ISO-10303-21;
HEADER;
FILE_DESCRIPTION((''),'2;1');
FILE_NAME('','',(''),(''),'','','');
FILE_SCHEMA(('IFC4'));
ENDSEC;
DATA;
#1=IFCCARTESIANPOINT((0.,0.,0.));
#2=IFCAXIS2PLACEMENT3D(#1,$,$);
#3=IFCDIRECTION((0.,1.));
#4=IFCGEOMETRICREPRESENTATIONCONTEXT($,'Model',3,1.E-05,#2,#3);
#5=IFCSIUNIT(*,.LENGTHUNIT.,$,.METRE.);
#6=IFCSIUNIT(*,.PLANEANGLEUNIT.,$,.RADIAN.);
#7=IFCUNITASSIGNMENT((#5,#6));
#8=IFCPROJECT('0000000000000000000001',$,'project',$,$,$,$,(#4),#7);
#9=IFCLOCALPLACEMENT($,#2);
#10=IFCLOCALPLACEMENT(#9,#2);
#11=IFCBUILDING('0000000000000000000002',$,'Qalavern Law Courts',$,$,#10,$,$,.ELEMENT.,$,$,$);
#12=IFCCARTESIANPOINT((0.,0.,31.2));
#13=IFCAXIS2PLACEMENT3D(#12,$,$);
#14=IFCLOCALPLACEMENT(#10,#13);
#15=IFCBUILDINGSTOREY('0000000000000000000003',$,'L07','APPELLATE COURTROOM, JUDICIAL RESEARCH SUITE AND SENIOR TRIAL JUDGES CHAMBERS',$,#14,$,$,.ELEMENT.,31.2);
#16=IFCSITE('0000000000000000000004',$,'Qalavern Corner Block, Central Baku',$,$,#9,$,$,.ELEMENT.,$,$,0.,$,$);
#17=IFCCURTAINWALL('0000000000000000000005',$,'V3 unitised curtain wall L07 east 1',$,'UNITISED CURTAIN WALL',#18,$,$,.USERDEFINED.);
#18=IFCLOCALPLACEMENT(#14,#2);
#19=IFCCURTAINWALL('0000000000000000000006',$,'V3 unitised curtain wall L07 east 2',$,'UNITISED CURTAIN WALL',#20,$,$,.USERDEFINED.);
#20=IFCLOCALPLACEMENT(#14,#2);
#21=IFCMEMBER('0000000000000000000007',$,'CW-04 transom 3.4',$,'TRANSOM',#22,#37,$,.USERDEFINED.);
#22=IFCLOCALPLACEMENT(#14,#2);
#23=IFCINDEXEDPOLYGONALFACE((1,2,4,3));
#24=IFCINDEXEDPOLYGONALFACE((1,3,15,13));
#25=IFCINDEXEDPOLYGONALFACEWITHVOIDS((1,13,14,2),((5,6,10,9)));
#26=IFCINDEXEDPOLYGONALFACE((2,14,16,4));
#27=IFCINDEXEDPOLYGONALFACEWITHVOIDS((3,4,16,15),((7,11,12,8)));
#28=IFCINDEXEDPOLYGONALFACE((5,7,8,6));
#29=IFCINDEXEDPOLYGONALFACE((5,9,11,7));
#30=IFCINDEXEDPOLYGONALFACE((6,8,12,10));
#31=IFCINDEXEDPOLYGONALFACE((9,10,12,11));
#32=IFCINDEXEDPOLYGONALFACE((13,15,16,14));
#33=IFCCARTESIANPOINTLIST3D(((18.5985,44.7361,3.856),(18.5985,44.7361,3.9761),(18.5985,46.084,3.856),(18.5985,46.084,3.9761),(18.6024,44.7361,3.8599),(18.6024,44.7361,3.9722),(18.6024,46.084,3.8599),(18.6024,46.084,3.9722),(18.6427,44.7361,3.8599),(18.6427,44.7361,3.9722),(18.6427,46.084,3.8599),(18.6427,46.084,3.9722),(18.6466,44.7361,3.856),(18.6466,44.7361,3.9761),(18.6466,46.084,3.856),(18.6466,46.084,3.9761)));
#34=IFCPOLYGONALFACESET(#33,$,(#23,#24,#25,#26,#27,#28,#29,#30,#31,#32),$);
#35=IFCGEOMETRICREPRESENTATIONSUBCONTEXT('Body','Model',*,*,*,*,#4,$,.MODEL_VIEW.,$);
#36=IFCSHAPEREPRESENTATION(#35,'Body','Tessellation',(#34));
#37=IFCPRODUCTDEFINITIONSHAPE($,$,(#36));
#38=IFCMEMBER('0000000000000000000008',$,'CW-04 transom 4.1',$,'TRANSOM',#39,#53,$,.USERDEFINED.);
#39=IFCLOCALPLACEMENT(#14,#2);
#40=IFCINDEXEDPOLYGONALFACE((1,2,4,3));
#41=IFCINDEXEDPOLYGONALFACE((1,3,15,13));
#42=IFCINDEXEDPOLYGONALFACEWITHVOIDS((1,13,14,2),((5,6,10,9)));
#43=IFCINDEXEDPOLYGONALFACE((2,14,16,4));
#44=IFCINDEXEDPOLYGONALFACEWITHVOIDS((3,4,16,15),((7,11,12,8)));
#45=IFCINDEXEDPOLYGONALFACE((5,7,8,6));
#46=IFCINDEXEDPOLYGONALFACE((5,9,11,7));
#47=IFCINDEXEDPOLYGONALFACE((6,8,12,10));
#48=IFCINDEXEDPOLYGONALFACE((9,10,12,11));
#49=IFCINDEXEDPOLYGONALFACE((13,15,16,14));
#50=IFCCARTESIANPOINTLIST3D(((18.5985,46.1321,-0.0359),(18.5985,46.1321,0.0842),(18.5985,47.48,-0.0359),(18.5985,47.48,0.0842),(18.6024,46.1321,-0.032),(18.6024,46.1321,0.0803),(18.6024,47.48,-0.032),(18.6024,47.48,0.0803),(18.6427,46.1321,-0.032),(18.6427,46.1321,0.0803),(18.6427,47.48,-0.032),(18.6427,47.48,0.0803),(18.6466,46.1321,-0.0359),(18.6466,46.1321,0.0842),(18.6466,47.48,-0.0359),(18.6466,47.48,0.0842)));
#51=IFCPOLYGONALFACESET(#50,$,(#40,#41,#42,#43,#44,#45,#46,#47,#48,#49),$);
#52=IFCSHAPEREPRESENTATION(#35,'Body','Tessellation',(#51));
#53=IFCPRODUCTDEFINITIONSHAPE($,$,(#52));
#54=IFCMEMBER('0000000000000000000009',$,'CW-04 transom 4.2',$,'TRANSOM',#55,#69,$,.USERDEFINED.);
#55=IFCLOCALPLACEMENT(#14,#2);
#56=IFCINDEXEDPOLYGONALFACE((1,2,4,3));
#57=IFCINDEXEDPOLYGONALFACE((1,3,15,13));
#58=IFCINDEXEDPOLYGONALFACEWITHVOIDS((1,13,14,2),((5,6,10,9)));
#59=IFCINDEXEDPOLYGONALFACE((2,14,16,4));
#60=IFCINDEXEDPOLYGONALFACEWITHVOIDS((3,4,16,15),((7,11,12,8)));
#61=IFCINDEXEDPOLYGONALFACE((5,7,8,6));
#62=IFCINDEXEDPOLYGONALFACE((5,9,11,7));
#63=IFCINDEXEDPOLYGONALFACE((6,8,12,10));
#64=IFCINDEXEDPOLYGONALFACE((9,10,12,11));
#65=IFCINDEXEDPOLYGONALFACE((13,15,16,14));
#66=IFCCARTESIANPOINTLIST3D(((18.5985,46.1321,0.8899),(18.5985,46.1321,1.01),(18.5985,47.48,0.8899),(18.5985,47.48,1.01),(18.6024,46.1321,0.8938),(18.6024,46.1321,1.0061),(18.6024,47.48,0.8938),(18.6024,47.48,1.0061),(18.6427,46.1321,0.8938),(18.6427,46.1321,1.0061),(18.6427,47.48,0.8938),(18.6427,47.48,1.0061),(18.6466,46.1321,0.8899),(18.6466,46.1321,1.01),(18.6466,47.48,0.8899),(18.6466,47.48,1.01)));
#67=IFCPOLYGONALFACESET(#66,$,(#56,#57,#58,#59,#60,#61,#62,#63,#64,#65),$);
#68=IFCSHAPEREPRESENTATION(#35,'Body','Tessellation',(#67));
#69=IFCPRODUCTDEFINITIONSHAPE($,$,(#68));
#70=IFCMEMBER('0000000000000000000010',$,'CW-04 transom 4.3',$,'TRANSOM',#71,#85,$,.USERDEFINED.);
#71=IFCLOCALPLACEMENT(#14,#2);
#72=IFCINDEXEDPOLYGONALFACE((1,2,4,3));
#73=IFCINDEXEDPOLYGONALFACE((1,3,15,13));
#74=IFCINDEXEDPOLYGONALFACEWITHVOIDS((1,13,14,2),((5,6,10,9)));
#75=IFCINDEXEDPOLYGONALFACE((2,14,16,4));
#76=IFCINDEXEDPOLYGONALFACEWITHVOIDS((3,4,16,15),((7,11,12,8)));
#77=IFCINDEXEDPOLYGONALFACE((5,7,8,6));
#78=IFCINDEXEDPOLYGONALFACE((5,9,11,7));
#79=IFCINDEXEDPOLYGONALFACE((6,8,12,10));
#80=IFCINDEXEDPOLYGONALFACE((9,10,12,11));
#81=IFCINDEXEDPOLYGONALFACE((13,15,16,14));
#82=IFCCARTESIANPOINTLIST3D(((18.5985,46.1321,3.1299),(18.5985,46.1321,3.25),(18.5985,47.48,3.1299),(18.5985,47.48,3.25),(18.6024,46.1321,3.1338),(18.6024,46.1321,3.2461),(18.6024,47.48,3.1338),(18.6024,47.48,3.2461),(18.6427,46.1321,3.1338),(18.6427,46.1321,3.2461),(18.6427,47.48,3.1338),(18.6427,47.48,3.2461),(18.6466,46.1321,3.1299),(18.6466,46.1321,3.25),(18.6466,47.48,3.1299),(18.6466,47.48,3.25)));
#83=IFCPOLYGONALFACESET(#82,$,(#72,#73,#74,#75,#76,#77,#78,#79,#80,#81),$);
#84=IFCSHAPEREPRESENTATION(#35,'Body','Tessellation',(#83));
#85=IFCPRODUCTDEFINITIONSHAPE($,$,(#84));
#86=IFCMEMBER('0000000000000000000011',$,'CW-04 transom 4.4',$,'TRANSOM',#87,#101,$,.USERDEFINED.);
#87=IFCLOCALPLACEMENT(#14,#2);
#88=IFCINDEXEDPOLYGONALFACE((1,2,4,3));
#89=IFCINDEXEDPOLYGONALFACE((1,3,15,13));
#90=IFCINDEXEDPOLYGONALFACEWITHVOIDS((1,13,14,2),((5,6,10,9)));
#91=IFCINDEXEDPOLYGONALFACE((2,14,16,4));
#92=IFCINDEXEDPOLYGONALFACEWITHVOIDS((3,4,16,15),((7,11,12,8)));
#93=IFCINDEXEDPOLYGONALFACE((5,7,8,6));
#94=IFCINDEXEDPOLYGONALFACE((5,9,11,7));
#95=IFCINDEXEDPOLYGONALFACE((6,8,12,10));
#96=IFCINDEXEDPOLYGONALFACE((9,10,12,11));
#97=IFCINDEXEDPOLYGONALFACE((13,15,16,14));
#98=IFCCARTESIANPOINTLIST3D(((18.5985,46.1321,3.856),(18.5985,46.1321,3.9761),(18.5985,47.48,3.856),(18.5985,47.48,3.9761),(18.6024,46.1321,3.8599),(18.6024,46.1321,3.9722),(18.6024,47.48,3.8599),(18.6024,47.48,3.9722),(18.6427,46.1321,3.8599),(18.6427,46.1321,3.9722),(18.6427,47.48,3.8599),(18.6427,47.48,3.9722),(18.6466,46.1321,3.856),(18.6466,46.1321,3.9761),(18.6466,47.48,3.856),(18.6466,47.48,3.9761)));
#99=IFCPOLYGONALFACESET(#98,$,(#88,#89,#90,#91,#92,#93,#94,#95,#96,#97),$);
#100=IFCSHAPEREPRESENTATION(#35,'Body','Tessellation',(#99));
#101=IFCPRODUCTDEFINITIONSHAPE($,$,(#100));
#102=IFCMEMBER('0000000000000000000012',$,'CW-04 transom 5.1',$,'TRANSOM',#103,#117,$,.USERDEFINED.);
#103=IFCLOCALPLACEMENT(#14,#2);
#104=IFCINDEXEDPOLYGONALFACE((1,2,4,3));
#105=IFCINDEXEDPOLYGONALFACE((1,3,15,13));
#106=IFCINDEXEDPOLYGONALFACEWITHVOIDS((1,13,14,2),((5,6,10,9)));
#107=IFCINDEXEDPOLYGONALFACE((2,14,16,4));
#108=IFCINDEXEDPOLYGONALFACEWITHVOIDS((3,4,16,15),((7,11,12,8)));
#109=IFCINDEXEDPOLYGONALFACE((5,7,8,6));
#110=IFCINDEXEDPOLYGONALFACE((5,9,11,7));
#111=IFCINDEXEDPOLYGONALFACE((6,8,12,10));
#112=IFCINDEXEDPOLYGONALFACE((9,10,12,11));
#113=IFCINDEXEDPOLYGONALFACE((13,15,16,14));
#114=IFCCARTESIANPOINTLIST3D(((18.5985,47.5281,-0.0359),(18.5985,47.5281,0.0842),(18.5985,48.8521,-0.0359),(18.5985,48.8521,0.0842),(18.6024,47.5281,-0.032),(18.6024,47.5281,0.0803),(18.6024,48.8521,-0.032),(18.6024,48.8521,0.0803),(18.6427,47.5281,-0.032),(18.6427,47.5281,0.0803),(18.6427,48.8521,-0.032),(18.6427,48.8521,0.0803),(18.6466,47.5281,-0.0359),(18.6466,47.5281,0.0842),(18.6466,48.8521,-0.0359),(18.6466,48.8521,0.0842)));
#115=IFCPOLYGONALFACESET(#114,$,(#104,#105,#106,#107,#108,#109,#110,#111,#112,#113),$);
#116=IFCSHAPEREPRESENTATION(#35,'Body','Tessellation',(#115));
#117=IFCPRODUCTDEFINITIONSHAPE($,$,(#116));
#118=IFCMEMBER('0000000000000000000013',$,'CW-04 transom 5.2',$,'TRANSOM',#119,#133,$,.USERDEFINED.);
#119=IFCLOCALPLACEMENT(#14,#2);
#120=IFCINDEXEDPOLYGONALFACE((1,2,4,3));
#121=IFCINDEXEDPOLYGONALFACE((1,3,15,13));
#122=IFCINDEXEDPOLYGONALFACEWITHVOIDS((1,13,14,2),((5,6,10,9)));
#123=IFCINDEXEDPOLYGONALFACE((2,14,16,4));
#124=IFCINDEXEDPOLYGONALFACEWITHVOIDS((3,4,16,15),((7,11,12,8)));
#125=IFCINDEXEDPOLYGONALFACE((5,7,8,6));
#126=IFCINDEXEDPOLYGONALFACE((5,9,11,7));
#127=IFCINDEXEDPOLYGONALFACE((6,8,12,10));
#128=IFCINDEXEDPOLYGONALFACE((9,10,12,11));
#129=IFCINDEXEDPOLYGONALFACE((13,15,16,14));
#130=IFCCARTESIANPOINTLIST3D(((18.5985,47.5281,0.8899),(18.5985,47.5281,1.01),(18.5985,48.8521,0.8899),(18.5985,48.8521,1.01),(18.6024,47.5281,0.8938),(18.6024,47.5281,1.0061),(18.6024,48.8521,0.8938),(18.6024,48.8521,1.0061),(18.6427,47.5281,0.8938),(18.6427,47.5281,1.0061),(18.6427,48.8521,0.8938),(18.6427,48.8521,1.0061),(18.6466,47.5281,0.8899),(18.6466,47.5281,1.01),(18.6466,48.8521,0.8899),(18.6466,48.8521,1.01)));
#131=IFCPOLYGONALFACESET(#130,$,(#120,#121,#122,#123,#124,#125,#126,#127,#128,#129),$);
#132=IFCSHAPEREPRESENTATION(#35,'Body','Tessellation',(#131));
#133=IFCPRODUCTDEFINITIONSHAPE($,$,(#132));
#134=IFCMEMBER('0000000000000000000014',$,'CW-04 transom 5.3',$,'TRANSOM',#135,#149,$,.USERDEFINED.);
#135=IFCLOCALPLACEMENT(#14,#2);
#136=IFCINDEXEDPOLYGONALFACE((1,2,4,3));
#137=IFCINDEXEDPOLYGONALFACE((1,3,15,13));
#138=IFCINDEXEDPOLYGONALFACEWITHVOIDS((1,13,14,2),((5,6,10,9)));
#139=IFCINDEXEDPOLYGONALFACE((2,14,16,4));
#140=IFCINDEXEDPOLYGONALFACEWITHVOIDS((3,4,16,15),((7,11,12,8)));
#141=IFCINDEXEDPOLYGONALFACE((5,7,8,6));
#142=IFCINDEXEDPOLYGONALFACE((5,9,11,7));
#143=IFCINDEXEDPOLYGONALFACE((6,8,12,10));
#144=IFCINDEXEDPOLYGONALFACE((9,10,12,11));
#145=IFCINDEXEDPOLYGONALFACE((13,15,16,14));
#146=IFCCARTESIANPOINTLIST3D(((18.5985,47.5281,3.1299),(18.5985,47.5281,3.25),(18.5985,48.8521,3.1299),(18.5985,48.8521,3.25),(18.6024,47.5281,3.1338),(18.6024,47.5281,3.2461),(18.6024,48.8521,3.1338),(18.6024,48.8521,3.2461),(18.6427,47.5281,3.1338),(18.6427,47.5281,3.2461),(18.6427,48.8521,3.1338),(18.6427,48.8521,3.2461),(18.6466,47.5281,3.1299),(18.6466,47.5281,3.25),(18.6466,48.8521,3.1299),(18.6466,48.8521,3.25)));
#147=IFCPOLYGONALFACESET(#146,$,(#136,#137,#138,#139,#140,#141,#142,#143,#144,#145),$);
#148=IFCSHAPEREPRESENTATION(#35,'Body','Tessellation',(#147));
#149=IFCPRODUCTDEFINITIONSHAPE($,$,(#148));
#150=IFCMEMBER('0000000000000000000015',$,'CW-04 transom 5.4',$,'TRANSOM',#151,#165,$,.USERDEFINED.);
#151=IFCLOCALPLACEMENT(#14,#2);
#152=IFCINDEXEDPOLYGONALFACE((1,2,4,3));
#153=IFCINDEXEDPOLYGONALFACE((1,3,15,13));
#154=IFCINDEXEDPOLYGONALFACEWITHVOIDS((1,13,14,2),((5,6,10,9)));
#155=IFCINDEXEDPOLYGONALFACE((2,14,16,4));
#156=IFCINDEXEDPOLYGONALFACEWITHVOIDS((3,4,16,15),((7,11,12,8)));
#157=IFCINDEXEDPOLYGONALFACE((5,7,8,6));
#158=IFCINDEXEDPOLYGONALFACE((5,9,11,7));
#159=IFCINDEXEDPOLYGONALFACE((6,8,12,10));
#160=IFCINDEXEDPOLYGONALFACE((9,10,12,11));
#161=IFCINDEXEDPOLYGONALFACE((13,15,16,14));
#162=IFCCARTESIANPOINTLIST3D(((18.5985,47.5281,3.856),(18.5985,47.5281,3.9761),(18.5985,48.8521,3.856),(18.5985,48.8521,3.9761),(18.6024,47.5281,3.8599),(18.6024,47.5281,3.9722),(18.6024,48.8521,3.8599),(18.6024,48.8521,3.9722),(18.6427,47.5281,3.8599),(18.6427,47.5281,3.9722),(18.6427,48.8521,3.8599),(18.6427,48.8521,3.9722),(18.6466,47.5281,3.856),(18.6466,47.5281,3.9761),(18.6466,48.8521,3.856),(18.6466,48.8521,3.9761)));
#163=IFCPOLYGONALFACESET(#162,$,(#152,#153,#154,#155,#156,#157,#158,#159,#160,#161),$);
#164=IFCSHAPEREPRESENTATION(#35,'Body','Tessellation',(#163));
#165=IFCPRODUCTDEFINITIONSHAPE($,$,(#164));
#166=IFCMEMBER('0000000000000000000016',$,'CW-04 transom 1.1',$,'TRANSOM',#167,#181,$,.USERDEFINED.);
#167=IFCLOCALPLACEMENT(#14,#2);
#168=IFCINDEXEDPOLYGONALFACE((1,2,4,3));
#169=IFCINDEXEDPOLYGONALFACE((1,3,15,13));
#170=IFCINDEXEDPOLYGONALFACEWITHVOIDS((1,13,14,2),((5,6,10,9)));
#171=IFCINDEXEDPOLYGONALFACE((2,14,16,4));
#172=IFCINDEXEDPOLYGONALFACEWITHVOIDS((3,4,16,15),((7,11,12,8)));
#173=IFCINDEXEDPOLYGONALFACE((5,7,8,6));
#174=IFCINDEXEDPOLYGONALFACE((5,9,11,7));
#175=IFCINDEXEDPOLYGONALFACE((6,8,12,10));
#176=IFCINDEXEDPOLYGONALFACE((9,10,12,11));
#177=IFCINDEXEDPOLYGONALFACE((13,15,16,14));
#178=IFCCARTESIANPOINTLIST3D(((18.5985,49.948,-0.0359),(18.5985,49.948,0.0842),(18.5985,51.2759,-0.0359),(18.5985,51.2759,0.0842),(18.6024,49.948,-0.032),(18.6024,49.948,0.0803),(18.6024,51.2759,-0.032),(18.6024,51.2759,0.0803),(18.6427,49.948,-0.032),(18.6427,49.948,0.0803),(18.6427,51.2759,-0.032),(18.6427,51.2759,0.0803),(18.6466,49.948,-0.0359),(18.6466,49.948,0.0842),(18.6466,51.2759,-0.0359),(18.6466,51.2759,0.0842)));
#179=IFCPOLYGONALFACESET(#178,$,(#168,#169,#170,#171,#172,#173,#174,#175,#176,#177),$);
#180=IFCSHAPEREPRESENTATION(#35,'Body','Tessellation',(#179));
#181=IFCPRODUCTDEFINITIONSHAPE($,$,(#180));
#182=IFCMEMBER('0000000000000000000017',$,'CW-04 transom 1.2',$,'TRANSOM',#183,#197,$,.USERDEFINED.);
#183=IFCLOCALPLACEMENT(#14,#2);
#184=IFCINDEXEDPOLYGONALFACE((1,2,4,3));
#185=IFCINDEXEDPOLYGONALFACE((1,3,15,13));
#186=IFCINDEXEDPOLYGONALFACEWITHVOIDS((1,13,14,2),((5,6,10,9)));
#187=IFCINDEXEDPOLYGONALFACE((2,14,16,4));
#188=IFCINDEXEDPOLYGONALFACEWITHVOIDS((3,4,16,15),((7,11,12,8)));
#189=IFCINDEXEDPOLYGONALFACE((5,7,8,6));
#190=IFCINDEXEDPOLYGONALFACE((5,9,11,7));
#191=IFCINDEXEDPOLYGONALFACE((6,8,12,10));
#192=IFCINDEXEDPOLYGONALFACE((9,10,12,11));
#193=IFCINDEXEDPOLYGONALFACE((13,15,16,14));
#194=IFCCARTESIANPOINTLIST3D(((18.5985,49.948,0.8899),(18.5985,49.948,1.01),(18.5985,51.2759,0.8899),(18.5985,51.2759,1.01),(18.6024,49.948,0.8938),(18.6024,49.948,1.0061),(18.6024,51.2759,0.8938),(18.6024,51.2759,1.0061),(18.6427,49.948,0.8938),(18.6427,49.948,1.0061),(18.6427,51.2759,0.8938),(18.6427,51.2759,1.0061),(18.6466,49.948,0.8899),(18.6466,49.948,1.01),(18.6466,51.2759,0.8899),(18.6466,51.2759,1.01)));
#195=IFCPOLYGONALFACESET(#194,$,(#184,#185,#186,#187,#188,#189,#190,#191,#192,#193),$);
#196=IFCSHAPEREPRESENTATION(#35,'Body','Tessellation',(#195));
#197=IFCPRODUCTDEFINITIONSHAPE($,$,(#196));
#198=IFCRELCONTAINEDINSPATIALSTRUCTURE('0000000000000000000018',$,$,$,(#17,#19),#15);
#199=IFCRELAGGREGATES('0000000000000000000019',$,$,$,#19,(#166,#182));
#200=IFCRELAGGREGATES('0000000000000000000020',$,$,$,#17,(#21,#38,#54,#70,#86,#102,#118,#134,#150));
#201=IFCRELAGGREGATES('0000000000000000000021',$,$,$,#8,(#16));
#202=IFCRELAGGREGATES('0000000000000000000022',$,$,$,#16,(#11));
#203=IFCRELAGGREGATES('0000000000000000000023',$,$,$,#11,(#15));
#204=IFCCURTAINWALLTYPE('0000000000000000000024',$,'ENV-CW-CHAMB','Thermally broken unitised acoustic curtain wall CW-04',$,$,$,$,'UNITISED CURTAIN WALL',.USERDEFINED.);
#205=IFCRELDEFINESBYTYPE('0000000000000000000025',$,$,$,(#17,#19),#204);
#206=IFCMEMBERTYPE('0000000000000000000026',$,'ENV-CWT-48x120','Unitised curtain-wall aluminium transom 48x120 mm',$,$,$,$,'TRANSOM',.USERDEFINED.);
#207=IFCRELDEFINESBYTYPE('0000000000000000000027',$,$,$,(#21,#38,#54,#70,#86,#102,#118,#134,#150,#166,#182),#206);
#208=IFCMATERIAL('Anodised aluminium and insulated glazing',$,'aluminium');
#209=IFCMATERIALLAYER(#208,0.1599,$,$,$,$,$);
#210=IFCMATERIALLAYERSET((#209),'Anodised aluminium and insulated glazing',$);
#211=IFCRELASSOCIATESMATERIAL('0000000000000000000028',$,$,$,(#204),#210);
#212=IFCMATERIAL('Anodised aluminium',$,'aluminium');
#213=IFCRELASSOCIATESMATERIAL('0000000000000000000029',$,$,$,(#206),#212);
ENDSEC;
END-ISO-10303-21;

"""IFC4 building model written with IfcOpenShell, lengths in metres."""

from ifc_helpers import new_model, si_unit, direction, frame, origin, origin_2d, place, context, subcontext, project, spatial, hollow_rectangle, extrude, material, layer, layer_set, material_profile, profile_set, type_object, element, aggregate, save


model = new_model("IFC4")

# Units and contexts
model_context = context("Model", 3, precision=1e-05, world=origin(), true_north=direction((0.0, 1.0)))
body_context = subcontext(model_context, "Body", "Model", "MODEL_VIEW")
ifc_project = project(units=[si_unit("LENGTHUNIT", "METRE"), si_unit("PLANEANGLEUNIT", "RADIAN")], contexts=[model_context])

# Site, building, storey
site_placement = place(None, origin())
site = spatial("IfcSite", under=ifc_project, at=site_placement, Name="Qalavern Corner Block, Central Baku", CompositionType="ELEMENT", RefElevation=0.0)
building_placement = place(site_placement, origin())
building = spatial("IfcBuilding", under=site, at=building_placement, Name="Qalavern Law Courts", CompositionType="ELEMENT")
storey_placement = place(building_placement, frame((0.0, 0.0, 31.2)))
storey = spatial("IfcBuildingStorey", under=building, at=storey_placement, Name="L07", Description="APPELLATE COURTROOM, JUDICIAL RESEARCH SUITE AND SENIOR TRIAL JUDGES CHAMBERS", CompositionType="ELEMENT", Elevation=31.2)

# Curtain wall
ifc_material_1 = material(Name="Anodised aluminium and insulated glazing", Category="aluminium")
ifc_layer_1 = layer(ifc_material_1, 0.1599)
ifc_layer_set_1 = layer_set([ifc_layer_1], Name="Anodised aluminium and insulated glazing")
curtain_wall_type = type_object("IfcCurtainWallType", Name="ENV-CW-CHAMB", Description="Thermally broken unitised acoustic curtain wall CW-04", ElementType="UNITISED CURTAIN WALL", PredefinedType="USERDEFINED", material=ifc_layer_set_1)
curtain_wall_1_placement = place(storey_placement, origin())
curtain_wall_1 = element("IfcCurtainWall", 1, at=curtain_wall_1_placement, inside=storey, type_object=curtain_wall_type, Name="V3 unitised curtain wall L07 east 1", ObjectType="UNITISED CURTAIN WALL", PredefinedType="USERDEFINED")
ifc_material_2 = material(Name="Anodised aluminium", Category="aluminium")

# Curtain wall
curtain_wall_2_placement = place(storey_placement, origin())
curtain_wall_2 = element("IfcCurtainWall", 2, at=curtain_wall_2_placement, inside=storey, type_object=curtain_wall_type, Name="V3 unitised curtain wall L07 east 2", ObjectType="UNITISED CURTAIN WALL", PredefinedType="USERDEFINED")

# Members
ifc_material_profile_1 = material_profile(ifc_material_2, hollow_rectangle(XDim=0.0481, YDim=0.1201, WallThickness=0.0039, at=origin_2d()), Name="ALU TRANSOM 48x120")
ifc_profile_set_1 = profile_set([ifc_material_profile_1], Name="Anodised aluminium")
member_type_1 = type_object("IfcMemberType", Name="ENV-CWT-48x120", Description="Unitised curtain-wall aluminium transom 48x120 mm", ElementType="TRANSOM", PredefinedType="USERDEFINED", material=ifc_profile_set_1)
member_1_placement = place(storey_placement, frame((18.6226, 44.7361, 3.916), z_axis=(0.0, 1.0, 0.0), x_axis=(-1.0, 0.0, 0.0)))
member_1 = element("IfcMember", 3, at=member_1_placement, type_object=member_type_1, Name="CW-04 transom 3.4", ObjectType="TRANSOM", PredefinedType="USERDEFINED", context=body_context, shape_type="SweptSolid", body=[
    extrude(hollow_rectangle(XDim=0.0481, YDim=0.1201, WallThickness=0.0039, at=origin_2d()), origin(), (0.0, 0.0, 1.0), 1.3479),
])
member_2_placement = place(storey_placement, frame((18.6226, 46.1321, 0.0242), z_axis=(0.0, 1.0, 0.0), x_axis=(-1.0, 0.0, 0.0)))
member_2 = element("IfcMember", 4, at=member_2_placement, type_object=member_type_1, Name="CW-04 transom 4.1", ObjectType="TRANSOM", PredefinedType="USERDEFINED", context=body_context, shape_type="SweptSolid", body=[
    extrude(hollow_rectangle(XDim=0.0481, YDim=0.1201, WallThickness=0.0039, at=origin_2d()), origin(), (0.0, 0.0, 1.0), 1.3479),
])
member_3_placement = place(storey_placement, frame((18.6226, 46.1321, 0.95), z_axis=(0.0, 1.0, 0.0), x_axis=(-1.0, 0.0, 0.0)))
member_3 = element("IfcMember", 5, at=member_3_placement, type_object=member_type_1, Name="CW-04 transom 4.2", ObjectType="TRANSOM", PredefinedType="USERDEFINED", context=body_context, shape_type="SweptSolid", body=[
    extrude(hollow_rectangle(XDim=0.0481, YDim=0.1201, WallThickness=0.0039, at=origin_2d()), origin(), (0.0, 0.0, 1.0), 1.3479),
])
member_4_placement = place(storey_placement, frame((18.6226, 46.1321, 3.1899), z_axis=(0.0, 1.0, 0.0), x_axis=(-1.0, 0.0, 0.0)))
member_4 = element("IfcMember", 6, at=member_4_placement, type_object=member_type_1, Name="CW-04 transom 4.3", ObjectType="TRANSOM", PredefinedType="USERDEFINED", context=body_context, shape_type="SweptSolid", body=[
    extrude(hollow_rectangle(XDim=0.0481, YDim=0.1201, WallThickness=0.0039, at=origin_2d()), origin(), (0.0, 0.0, 1.0), 1.3479),
])
member_5_placement = place(storey_placement, frame((18.6226, 46.1321, 3.916), z_axis=(0.0, 1.0, 0.0), x_axis=(-1.0, 0.0, 0.0)))
member_5 = element("IfcMember", 7, at=member_5_placement, type_object=member_type_1, Name="CW-04 transom 4.4", ObjectType="TRANSOM", PredefinedType="USERDEFINED", context=body_context, shape_type="SweptSolid", body=[
    extrude(hollow_rectangle(XDim=0.0481, YDim=0.1201, WallThickness=0.0039, at=origin_2d()), origin(), (0.0, 0.0, 1.0), 1.3479),
])
member_6_placement = place(storey_placement, frame((18.6226, 47.5281, 0.0242), z_axis=(0.0, 1.0, 0.0), x_axis=(-1.0, 0.0, 0.0)))
member_6 = element("IfcMember", 8, at=member_6_placement, type_object=member_type_1, Name="CW-04 transom 5.1", ObjectType="TRANSOM", PredefinedType="USERDEFINED", context=body_context, shape_type="SweptSolid", body=[
    extrude(hollow_rectangle(XDim=0.0481, YDim=0.1201, WallThickness=0.0039, at=origin_2d()), origin(), (0.0, 0.0, 1.0), 1.324),
])
member_7_placement = place(storey_placement, frame((18.6226, 47.5281, 0.95), z_axis=(0.0, 1.0, 0.0), x_axis=(-1.0, 0.0, 0.0)))
member_7 = element("IfcMember", 9, at=member_7_placement, type_object=member_type_1, Name="CW-04 transom 5.2", ObjectType="TRANSOM", PredefinedType="USERDEFINED", context=body_context, shape_type="SweptSolid", body=[
    extrude(hollow_rectangle(XDim=0.0481, YDim=0.1201, WallThickness=0.0039, at=origin_2d()), origin(), (0.0, 0.0, 1.0), 1.324),
])
member_8_placement = place(storey_placement, frame((18.6226, 47.5281, 3.1899), z_axis=(0.0, 1.0, 0.0), x_axis=(-1.0, 0.0, 0.0)))
member_8 = element("IfcMember", 10, at=member_8_placement, type_object=member_type_1, Name="CW-04 transom 5.3", ObjectType="TRANSOM", PredefinedType="USERDEFINED", context=body_context, shape_type="SweptSolid", body=[
    extrude(hollow_rectangle(XDim=0.0481, YDim=0.1201, WallThickness=0.0039, at=origin_2d()), origin(), (0.0, 0.0, 1.0), 1.324),
])
member_9_placement = place(storey_placement, frame((18.6226, 47.5281, 3.916), z_axis=(0.0, 1.0, 0.0), x_axis=(-1.0, 0.0, 0.0)))
member_9 = element("IfcMember", 11, at=member_9_placement, type_object=member_type_1, Name="CW-04 transom 5.4", ObjectType="TRANSOM", PredefinedType="USERDEFINED", context=body_context, shape_type="SweptSolid", body=[
    extrude(hollow_rectangle(XDim=0.0481, YDim=0.1201, WallThickness=0.0039, at=origin_2d()), origin(), (0.0, 0.0, 1.0), 1.324),
])
member_10_placement = place(storey_placement, frame((18.6226, 49.948, 0.0242), z_axis=(0.0, 1.0, 0.0), x_axis=(-1.0, 0.0, 0.0)))
member_10 = element("IfcMember", 12, at=member_10_placement, type_object=member_type_1, Name="CW-04 transom 1.1", ObjectType="TRANSOM", PredefinedType="USERDEFINED", context=body_context, shape_type="SweptSolid", body=[
    extrude(hollow_rectangle(XDim=0.0481, YDim=0.1201, WallThickness=0.0039, at=origin_2d()), origin(), (0.0, 0.0, 1.0), 1.3279),
])
member_11_placement = place(storey_placement, frame((18.6226, 49.948, 0.95), z_axis=(0.0, 1.0, 0.0), x_axis=(-1.0, 0.0, 0.0)))
member_11 = element("IfcMember", 13, at=member_11_placement, type_object=member_type_1, Name="CW-04 transom 1.2", ObjectType="TRANSOM", PredefinedType="USERDEFINED", context=body_context, shape_type="SweptSolid", body=[
    extrude(hollow_rectangle(XDim=0.0481, YDim=0.1201, WallThickness=0.0039, at=origin_2d()), origin(), (0.0, 0.0, 1.0), 1.3279),
])
aggregate(curtain_wall_2, [member_10, member_11])

aggregate(curtain_wall_1, [member_1, member_2, member_3, member_4, member_5, member_6, member_7, member_8, member_9])

save(model, "model.ifc")
